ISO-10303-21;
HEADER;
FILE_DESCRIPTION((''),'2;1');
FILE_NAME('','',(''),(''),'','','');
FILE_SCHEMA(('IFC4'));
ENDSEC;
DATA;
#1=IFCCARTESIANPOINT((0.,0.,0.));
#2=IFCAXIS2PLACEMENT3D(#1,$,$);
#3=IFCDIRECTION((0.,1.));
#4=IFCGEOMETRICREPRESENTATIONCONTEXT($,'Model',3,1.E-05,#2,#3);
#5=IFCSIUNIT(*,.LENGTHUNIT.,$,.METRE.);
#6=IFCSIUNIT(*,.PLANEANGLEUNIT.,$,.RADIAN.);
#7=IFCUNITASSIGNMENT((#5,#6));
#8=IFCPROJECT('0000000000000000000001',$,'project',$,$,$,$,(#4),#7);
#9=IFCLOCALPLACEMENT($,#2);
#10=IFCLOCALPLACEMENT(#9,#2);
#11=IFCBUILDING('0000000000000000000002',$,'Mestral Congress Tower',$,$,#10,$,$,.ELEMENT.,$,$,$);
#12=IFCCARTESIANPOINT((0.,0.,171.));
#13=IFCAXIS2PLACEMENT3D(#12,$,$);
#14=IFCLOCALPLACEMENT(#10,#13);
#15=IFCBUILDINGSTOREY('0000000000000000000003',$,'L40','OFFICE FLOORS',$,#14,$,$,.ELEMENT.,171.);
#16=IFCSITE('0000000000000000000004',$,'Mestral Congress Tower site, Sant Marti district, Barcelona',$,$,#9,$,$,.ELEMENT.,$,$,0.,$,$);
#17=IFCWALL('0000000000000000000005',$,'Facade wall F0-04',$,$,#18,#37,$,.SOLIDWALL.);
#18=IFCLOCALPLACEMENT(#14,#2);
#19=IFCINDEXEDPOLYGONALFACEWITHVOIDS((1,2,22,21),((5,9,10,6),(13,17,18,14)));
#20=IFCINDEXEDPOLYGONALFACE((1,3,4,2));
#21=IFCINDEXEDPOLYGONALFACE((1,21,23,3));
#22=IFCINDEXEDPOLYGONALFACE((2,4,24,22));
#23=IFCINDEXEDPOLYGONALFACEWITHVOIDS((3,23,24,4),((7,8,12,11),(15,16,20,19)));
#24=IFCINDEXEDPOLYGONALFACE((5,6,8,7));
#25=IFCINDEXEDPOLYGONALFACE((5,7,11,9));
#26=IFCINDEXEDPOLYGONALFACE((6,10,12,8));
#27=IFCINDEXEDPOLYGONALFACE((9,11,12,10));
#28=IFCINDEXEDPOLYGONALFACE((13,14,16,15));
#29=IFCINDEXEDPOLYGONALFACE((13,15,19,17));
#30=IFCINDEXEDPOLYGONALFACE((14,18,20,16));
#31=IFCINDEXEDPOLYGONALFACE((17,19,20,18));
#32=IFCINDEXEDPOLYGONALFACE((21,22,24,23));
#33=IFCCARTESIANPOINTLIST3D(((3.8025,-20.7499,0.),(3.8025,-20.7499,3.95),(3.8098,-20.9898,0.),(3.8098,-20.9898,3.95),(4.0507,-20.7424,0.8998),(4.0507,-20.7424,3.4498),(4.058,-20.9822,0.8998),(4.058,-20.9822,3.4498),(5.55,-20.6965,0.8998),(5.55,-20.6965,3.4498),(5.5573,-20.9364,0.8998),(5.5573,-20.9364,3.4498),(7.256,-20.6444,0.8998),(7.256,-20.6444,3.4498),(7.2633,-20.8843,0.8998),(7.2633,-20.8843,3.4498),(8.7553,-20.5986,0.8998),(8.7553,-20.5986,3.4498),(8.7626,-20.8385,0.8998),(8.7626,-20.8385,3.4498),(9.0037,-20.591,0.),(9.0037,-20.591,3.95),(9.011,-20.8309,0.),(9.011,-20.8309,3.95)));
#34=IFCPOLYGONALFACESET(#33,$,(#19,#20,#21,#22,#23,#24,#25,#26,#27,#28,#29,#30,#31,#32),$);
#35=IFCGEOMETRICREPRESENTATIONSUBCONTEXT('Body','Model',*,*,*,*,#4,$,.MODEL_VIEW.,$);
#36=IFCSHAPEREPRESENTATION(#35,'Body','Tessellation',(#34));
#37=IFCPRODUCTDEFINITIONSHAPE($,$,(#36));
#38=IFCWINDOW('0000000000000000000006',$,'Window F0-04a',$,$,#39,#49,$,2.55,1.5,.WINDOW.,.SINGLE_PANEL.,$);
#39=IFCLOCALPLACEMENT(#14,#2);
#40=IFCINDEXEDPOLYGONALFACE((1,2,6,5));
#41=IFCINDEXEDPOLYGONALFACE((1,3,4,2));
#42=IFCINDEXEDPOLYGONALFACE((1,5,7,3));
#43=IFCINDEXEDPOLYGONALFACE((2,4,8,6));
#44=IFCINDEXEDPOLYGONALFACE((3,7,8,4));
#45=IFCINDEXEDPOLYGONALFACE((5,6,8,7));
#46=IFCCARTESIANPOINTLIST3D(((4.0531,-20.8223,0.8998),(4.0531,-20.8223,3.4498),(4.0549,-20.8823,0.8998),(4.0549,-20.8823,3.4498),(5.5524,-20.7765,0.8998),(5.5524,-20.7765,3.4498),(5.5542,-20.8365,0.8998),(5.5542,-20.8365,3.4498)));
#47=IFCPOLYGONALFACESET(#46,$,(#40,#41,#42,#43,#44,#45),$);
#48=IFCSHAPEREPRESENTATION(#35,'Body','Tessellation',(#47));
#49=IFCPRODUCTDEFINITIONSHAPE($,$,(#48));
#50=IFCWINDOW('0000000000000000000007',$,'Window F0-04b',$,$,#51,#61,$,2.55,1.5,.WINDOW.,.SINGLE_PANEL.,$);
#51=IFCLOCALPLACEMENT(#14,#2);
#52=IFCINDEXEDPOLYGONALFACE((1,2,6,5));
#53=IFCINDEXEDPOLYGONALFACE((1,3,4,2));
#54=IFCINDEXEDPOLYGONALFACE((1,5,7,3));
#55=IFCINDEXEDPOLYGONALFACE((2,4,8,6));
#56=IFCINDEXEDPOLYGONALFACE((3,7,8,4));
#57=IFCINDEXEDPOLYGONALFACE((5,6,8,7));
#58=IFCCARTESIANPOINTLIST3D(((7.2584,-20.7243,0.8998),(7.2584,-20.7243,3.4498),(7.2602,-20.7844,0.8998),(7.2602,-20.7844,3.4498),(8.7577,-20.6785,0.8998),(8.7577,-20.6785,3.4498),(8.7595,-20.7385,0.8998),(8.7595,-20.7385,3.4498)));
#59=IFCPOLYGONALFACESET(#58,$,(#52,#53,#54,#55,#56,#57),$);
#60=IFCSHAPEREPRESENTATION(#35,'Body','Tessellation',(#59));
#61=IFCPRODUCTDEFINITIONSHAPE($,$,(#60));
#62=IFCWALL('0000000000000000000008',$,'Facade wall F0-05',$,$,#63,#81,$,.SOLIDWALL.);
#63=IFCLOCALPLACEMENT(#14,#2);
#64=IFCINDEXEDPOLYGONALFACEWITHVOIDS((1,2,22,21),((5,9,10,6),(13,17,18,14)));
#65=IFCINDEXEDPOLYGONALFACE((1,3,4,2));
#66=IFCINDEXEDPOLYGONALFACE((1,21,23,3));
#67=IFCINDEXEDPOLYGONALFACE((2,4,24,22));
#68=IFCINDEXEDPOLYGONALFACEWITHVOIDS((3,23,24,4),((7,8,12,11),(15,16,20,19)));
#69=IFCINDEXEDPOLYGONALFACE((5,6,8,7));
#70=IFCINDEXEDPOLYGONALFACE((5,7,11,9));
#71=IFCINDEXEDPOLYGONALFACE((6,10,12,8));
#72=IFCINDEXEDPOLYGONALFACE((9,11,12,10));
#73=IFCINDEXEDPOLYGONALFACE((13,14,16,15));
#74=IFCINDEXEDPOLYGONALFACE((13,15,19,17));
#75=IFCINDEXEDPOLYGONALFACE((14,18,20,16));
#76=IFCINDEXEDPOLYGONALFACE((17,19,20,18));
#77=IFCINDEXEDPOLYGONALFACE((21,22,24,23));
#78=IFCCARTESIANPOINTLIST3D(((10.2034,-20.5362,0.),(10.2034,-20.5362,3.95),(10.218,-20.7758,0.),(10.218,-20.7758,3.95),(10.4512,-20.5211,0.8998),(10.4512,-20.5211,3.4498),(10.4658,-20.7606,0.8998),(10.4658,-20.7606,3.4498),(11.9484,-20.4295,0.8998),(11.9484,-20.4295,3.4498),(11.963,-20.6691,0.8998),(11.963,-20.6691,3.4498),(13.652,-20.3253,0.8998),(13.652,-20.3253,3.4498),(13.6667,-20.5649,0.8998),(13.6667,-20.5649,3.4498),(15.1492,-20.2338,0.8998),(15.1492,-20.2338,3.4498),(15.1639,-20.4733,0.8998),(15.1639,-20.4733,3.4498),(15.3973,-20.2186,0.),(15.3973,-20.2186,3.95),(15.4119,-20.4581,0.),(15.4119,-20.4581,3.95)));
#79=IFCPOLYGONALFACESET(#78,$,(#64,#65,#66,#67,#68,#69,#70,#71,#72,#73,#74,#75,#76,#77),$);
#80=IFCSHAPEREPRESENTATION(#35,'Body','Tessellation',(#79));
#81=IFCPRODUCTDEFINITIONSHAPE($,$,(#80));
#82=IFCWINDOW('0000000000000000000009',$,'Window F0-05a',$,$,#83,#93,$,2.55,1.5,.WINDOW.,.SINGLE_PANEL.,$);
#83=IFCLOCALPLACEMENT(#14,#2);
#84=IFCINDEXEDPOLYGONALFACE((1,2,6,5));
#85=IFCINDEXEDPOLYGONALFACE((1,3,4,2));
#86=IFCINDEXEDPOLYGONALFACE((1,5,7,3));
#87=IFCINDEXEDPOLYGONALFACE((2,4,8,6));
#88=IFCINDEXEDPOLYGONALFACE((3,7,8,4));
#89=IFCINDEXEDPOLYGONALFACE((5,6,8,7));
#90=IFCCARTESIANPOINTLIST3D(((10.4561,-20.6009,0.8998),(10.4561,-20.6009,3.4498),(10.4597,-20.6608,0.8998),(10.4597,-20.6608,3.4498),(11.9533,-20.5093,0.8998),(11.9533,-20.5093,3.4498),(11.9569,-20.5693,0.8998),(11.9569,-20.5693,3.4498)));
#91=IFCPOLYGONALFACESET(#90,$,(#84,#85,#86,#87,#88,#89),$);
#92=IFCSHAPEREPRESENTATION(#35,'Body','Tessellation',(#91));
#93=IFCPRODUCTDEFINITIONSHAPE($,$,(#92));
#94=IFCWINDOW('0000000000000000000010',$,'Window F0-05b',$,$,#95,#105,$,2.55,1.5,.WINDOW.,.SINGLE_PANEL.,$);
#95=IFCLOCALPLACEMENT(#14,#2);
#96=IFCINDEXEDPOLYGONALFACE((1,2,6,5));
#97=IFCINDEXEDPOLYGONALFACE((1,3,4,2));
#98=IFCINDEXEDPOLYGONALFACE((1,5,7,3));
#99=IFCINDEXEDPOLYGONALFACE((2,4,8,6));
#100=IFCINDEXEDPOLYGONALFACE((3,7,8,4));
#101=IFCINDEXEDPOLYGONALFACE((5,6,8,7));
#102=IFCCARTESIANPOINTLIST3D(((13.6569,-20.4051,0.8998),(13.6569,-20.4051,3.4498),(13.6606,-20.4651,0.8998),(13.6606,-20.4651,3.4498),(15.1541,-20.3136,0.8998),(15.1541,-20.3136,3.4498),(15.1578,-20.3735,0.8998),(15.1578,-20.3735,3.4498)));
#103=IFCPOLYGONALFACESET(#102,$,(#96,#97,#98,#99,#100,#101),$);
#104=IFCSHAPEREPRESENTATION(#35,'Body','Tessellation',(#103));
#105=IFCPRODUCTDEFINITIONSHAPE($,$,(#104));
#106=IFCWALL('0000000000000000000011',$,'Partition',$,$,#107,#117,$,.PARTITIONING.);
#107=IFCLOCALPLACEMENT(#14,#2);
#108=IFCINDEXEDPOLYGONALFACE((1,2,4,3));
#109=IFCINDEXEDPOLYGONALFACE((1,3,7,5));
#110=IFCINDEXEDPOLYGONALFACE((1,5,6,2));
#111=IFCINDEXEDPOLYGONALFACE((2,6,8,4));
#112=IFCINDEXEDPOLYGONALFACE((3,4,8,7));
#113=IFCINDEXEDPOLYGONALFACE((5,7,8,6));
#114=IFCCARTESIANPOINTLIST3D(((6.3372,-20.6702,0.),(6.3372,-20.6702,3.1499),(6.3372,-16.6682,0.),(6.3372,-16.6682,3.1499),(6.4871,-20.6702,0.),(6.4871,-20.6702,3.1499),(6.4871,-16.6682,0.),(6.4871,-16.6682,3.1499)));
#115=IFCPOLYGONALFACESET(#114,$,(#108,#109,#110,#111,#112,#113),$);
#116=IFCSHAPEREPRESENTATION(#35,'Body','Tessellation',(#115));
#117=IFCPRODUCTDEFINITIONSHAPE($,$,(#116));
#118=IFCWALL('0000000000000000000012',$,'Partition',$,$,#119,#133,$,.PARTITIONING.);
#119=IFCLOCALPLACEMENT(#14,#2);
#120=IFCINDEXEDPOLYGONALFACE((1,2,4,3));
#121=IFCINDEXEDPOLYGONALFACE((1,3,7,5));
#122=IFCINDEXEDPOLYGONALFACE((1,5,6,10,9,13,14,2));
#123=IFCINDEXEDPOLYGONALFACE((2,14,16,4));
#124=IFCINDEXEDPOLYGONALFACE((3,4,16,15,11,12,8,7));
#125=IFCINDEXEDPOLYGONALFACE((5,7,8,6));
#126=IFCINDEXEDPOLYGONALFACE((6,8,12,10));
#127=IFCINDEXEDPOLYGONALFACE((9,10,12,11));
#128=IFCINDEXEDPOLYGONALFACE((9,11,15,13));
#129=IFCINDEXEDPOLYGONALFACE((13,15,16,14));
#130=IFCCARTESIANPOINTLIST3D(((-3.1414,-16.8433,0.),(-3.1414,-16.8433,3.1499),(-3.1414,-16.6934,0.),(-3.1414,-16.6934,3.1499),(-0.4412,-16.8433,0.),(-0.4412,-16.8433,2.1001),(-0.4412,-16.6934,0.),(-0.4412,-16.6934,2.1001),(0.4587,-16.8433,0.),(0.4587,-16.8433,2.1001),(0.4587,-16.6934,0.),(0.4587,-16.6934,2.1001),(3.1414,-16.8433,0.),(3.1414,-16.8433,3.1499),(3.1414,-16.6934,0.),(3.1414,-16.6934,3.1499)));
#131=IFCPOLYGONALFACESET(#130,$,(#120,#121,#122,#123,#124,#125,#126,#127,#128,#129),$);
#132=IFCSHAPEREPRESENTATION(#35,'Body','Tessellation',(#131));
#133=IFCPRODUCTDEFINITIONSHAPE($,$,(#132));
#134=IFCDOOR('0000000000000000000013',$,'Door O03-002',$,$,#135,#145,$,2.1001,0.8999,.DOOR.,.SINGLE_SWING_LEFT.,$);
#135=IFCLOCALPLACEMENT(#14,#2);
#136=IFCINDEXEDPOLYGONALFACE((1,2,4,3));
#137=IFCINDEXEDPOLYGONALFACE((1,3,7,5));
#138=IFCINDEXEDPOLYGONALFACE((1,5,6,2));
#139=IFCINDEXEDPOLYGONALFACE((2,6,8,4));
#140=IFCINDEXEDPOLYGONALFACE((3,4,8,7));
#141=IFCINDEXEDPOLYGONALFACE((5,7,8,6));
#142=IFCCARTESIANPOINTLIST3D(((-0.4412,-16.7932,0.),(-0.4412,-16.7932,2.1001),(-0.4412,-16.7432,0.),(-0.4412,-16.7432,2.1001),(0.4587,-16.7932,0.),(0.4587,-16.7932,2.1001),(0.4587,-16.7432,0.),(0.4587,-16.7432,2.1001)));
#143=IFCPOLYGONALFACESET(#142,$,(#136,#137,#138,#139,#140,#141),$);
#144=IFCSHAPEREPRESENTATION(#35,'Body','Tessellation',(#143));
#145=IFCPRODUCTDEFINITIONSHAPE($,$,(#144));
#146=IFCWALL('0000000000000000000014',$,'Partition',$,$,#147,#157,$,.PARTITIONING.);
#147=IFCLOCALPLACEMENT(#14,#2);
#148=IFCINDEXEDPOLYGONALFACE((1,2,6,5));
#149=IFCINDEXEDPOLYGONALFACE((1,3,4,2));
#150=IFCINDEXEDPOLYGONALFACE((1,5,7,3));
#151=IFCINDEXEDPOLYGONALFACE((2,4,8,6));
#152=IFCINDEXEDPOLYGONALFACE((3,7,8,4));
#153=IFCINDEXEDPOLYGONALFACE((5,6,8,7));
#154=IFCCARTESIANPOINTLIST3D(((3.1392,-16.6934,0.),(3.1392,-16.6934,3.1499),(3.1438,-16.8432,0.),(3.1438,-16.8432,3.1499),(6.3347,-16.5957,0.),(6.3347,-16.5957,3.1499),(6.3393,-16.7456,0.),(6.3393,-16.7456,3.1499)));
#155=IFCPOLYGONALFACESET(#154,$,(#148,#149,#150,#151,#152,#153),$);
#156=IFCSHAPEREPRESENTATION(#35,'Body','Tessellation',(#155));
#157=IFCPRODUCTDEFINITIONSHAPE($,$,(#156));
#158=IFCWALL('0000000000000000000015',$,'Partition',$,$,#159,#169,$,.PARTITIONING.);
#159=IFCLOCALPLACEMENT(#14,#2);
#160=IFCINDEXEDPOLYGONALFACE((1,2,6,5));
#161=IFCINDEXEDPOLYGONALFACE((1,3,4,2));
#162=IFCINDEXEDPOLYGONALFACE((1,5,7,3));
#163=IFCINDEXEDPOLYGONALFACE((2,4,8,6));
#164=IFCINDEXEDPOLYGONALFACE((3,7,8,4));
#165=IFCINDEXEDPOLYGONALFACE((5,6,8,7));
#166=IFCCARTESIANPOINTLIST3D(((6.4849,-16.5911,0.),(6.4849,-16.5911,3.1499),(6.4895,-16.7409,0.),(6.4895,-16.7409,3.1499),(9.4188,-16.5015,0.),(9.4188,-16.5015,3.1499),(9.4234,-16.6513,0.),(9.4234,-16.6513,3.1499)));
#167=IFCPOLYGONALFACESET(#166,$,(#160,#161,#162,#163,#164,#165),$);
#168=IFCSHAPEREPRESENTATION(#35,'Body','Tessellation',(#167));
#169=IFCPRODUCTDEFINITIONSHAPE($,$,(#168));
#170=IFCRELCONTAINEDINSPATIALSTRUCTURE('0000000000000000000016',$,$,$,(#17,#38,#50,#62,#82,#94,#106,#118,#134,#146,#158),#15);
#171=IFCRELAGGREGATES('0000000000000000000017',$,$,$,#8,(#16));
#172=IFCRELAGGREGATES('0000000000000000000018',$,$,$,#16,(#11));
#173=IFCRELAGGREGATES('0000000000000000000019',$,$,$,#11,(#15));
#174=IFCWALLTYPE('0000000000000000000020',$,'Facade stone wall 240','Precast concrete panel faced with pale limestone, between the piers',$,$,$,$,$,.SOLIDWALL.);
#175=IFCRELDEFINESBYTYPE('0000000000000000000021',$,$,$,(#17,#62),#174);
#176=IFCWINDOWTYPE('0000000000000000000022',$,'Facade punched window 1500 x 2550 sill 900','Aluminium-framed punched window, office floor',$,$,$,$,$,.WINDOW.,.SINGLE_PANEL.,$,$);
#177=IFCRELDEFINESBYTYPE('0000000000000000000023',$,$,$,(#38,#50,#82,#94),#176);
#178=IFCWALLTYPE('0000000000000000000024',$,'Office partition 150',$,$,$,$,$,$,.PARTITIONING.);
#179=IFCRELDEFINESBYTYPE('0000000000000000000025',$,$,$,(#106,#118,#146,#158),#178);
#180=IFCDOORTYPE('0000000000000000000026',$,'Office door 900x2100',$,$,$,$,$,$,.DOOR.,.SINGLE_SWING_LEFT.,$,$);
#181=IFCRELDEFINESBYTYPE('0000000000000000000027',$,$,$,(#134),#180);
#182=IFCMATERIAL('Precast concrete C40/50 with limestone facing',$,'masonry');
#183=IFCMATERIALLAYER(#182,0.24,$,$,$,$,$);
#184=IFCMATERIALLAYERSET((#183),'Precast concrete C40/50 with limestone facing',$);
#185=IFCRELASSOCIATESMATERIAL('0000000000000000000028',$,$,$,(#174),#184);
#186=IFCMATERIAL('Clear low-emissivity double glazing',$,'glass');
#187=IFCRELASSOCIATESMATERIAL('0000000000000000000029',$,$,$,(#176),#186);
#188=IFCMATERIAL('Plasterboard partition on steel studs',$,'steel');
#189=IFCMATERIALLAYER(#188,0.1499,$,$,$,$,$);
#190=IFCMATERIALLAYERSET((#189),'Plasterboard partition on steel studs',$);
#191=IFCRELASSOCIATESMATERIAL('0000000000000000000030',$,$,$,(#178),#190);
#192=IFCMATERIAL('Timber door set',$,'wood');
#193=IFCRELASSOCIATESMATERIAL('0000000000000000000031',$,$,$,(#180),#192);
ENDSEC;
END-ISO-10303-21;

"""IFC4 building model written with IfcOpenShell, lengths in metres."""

from ifc_helpers import new_model, si_unit, direction, frame, frame_2d, origin, place, context, subcontext, project, spatial, rectangle, extrude, material, layer, layer_set, type_object, element, fill, save


model = new_model("IFC4")

# Units and contexts
model_context = context("Model", 3, precision=1e-05, world=origin(), true_north=direction((0.0, 1.0)))
body_context = subcontext(model_context, "Body", "Model", "MODEL_VIEW")
ifc_project = project(units=[si_unit("LENGTHUNIT", "METRE"), si_unit("PLANEANGLEUNIT", "RADIAN")], contexts=[model_context])

# Site, building, storey
site_placement = place(None, origin())
site = spatial("IfcSite", under=ifc_project, at=site_placement, Name="Mestral Congress Tower site, Sant Marti district, Barcelona", CompositionType="ELEMENT", RefElevation=0.0)
building_placement = place(site_placement, origin())
building = spatial("IfcBuilding", under=site, at=building_placement, Name="Mestral Congress Tower", CompositionType="ELEMENT")
storey_placement = place(building_placement, frame((0.0, 0.0, 171.0)))
storey = spatial("IfcBuildingStorey", under=building, at=storey_placement, Name="L40", Description="OFFICE FLOORS", CompositionType="ELEMENT", Elevation=171.0)

# Walls, openings, windows
ifc_material_1 = material(Name="Precast concrete C40/50 with limestone facing", Category="masonry")
ifc_layer_1 = layer(ifc_material_1, 0.24)
ifc_layer_set_1 = layer_set([ifc_layer_1], Name="Precast concrete C40/50 with limestone facing")
wall_type_1 = type_object("IfcWallType", Name="Facade stone wall 240", Description="Precast concrete panel faced with pale limestone, between the piers", PredefinedType="SOLIDWALL", material=ifc_layer_set_1)
wall_1_placement = place(storey_placement, frame((3.8062, -20.8699, 0.0), z_axis=(0.0, 0.0, 1.0), x_axis=(0.999533, 0.030543, 0.0)))
wall_1 = element("IfcWall", 1, at=wall_1_placement, inside=storey, type_object=wall_type_1, Name="Facade wall F0-04", PredefinedType="SOLIDWALL", context=body_context, shape_type="SweptSolid", body=[
    extrude(rectangle(XDim=5.2036, YDim=0.24, at=frame_2d((2.6018, 0.0))), origin(), (0.0, 0.0, 1.0), 3.95),
])
opening_1_placement = place(wall_1_placement, frame((0.2483, 0.0, 0.8999)))
opening_1 = element("IfcOpeningElement", 2, at=opening_1_placement, cuts=wall_1, PredefinedType="OPENING", context=body_context, shape_type="SweptSolid", body=[
    extrude(rectangle(XDim=1.5, YDim=2.55, at=frame_2d((0.75, 1.2749))), frame((0.0, 0.1299, 0.0), z_axis=(0.0, -1.0, 0.0), x_axis=(1.0, 0.0, 0.0)), (0.0, 0.0, 1.0), 0.26),
])
opening_2_placement = place(wall_1_placement, frame((3.4551, 0.0, 0.8999)))
opening_2 = element("IfcOpeningElement", 3, at=opening_2_placement, cuts=wall_1, PredefinedType="OPENING", context=body_context, shape_type="SweptSolid", body=[
    extrude(rectangle(XDim=1.5, YDim=2.55, at=frame_2d((0.75, 1.2749))), frame((0.0, 0.1299, 0.0), z_axis=(0.0, -1.0, 0.0), x_axis=(1.0, 0.0, 0.0)), (0.0, 0.0, 1.0), 0.26),
])
ifc_material_2 = material(Name="Clear low-emissivity double glazing", Category="glass")
window_type = type_object("IfcWindowType", Name="Facade punched window 1500 x 2550 sill 900", Description="Aluminium-framed punched window, office floor", PartitioningType="SINGLE_PANEL", PredefinedType="WINDOW", material=ifc_material_2)
window_1_placement = place(opening_1_placement, origin())
window_1 = element("IfcWindow", 4, at=window_1_placement, inside=storey, type_object=window_type, Name="Window F0-04a", OverallHeight=2.55, OverallWidth=1.5, PartitioningType="SINGLE_PANEL", PredefinedType="WINDOW", context=body_context, shape_type="SweptSolid", body=[
    extrude(rectangle(XDim=1.5, YDim=2.55, at=frame_2d((0.75, 1.2749))), frame((0.0, 0.04, 0.0), z_axis=(0.0, -1.0, 0.0), x_axis=(1.0, 0.0, 0.0)), (0.0, 0.0, 1.0), 0.0601),
])
fill(opening_1, window_1)
window_2_placement = place(opening_2_placement, origin())
window_2 = element("IfcWindow", 5, at=window_2_placement, inside=storey, type_object=window_type, Name="Window F0-04b", OverallHeight=2.55, OverallWidth=1.5, PartitioningType="SINGLE_PANEL", PredefinedType="WINDOW", context=body_context, shape_type="SweptSolid", body=[
    extrude(rectangle(XDim=1.5, YDim=2.55, at=frame_2d((0.75, 1.2749))), frame((0.0, 0.04, 0.0), z_axis=(0.0, -1.0, 0.0), x_axis=(1.0, 0.0, 0.0)), (0.0, 0.0, 1.0), 0.0601),
])
fill(opening_2, window_2)
wall_2_placement = place(storey_placement, frame((10.2107, -20.656, 0.0), z_axis=(0.0, 0.0, 1.0), x_axis=(0.998135, 0.06104, 0.0)))
wall_2 = element("IfcWall", 6, at=wall_2_placement, inside=storey, type_object=wall_type_1, Name="Facade wall F0-05", PredefinedType="SOLIDWALL", context=body_context, shape_type="SweptSolid", body=[
    extrude(rectangle(XDim=5.2036, YDim=0.24, at=frame_2d((2.6018, 0.0))), origin(), (0.0, 0.0, 1.0), 3.95),
])
opening_3_placement = place(wall_2_placement, frame((0.2483, 0.0, 0.8999)))
opening_3 = element("IfcOpeningElement", 7, at=opening_3_placement, cuts=wall_2, PredefinedType="OPENING", context=body_context, shape_type="SweptSolid", body=[
    extrude(rectangle(XDim=1.5, YDim=2.55, at=frame_2d((0.75, 1.2749))), frame((0.0, 0.1299, 0.0), z_axis=(0.0, -1.0, 0.0), x_axis=(1.0, 0.0, 0.0)), (0.0, 0.0, 1.0), 0.26),
])
opening_4_placement = place(wall_2_placement, frame((3.4551, 0.0, 0.8999)))
opening_4 = element("IfcOpeningElement", 8, at=opening_4_placement, cuts=wall_2, PredefinedType="OPENING", context=body_context, shape_type="SweptSolid", body=[
    extrude(rectangle(XDim=1.5, YDim=2.55, at=frame_2d((0.75, 1.2749))), frame((0.0, 0.1299, 0.0), z_axis=(0.0, -1.0, 0.0), x_axis=(1.0, 0.0, 0.0)), (0.0, 0.0, 1.0), 0.26),
])
window_3_placement = place(opening_3_placement, origin())
window_3 = element("IfcWindow", 9, at=window_3_placement, inside=storey, type_object=window_type, Name="Window F0-05a", OverallHeight=2.55, OverallWidth=1.5, PartitioningType="SINGLE_PANEL", PredefinedType="WINDOW", context=body_context, shape_type="SweptSolid", body=[
    extrude(rectangle(XDim=1.5, YDim=2.55, at=frame_2d((0.75, 1.2749))), frame((0.0, 0.04, 0.0), z_axis=(0.0, -1.0, 0.0), x_axis=(1.0, 0.0, 0.0)), (0.0, 0.0, 1.0), 0.0601),
])
fill(opening_3, window_3)
window_4_placement = place(opening_4_placement, origin())
window_4 = element("IfcWindow", 10, at=window_4_placement, inside=storey, type_object=window_type, Name="Window F0-05b", OverallHeight=2.55, OverallWidth=1.5, PartitioningType="SINGLE_PANEL", PredefinedType="WINDOW", context=body_context, shape_type="SweptSolid", body=[
    extrude(rectangle(XDim=1.5, YDim=2.55, at=frame_2d((0.75, 1.2749))), frame((0.0, 0.04, 0.0), z_axis=(0.0, -1.0, 0.0), x_axis=(1.0, 0.0, 0.0)), (0.0, 0.0, 1.0), 0.0601),
])
fill(opening_4, window_4)

# Wall
ifc_material_3 = material(Name="Plasterboard partition on steel studs", Category="steel")
ifc_layer_2 = layer(ifc_material_3, 0.1499)
ifc_layer_set_2 = layer_set([ifc_layer_2], Name="Plasterboard partition on steel studs")
wall_type_2 = type_object("IfcWallType", Name="Office partition 150", PredefinedType="PARTITIONING", material=ifc_layer_set_2)
wall_3_placement = place(storey_placement, frame((6.4121, -16.6682, 0.0), z_axis=(0.0, 0.0, 1.0), x_axis=(0.0, -1.0, 0.0)))
element("IfcWall", 11, at=wall_3_placement, inside=storey, type_object=wall_type_2, Name="Partition", PredefinedType="PARTITIONING", context=body_context, shape_type="SweptSolid", body=[
    extrude(rectangle(XDim=4.002, YDim=0.1499, at=frame_2d((2.001, 0.0))), origin(), (0.0, 0.0, 1.0), 3.1499),
])

# Wall, opening, door
wall_4_placement = place(storey_placement, frame((3.1414, -16.7683, 0.0), z_axis=(0.0, 0.0, 1.0), x_axis=(-1.0, 0.0, 0.0)))
wall_4 = element("IfcWall", 12, at=wall_4_placement, inside=storey, type_object=wall_type_2, Name="Partition", PredefinedType="PARTITIONING", context=body_context, shape_type="SweptSolid", body=[
    extrude(rectangle(XDim=6.2827, YDim=0.1499, at=frame_2d((3.1414, 0.0))), origin(), (0.0, 0.0, 1.0), 3.1499),
])
opening_5_placement = place(wall_4_placement, frame((2.6826, 0.0, 0.0)))
opening_5 = element("IfcOpeningElement", 13, at=opening_5_placement, cuts=wall_4, PredefinedType="OPENING", context=body_context, shape_type="SweptSolid", body=[
    extrude(rectangle(XDim=0.8999, YDim=2.1001, at=frame_2d((0.45, 1.05))), frame((0.0, 0.085, 0.0), z_axis=(0.0, -1.0, 0.0), x_axis=(1.0, 0.0, 0.0)), (0.0, 0.0, 1.0), 0.1699),
])
ifc_material_4 = material(Name="Timber door set", Category="wood")
door_type_1 = type_object("IfcDoorType", Name="Office door 900x2100", OperationType="SINGLE_SWING_LEFT", PredefinedType="DOOR", material=ifc_material_4)
door_1_placement = place(opening_5_placement, origin())
door_1 = element("IfcDoor", 14, at=door_1_placement, inside=storey, type_object=door_type_1, Name="Door O03-002", OperationType="SINGLE_SWING_LEFT", OverallHeight=2.1001, OverallWidth=0.8999, PredefinedType="DOOR", context=body_context, shape_type="SweptSolid", body=[
    extrude(rectangle(XDim=0.8999, YDim=2.1001, at=frame_2d((0.45, 1.05))), frame((0.0, 0.0249, 0.0), z_axis=(0.0, -1.0, 0.0), x_axis=(1.0, 0.0, 0.0)), (0.0, 0.0, 1.0), 0.05),
])
fill(opening_5, door_1)

# Walls
wall_5_placement = place(storey_placement, frame((3.1414, -16.7683, 0.0), z_axis=(0.0, 0.0, 1.0), x_axis=(0.999533, 0.030546, 0.0)))
element("IfcWall", 15, at=wall_5_placement, inside=storey, type_object=wall_type_2, Name="Partition", PredefinedType="PARTITIONING", context=body_context, shape_type="SweptSolid", body=[
    extrude(rectangle(XDim=3.197, YDim=0.1499, at=frame_2d((1.5986, 0.0))), origin(), (0.0, 0.0, 1.0), 3.1499),
])
wall_6_placement = place(storey_placement, frame((6.4871, -16.666, 0.0), z_axis=(0.0, 0.0, 1.0), x_axis=(0.999534, 0.030526, 0.0)))
element("IfcWall", 16, at=wall_6_placement, inside=storey, type_object=wall_type_2, Name="Partition", PredefinedType="PARTITIONING", context=body_context, shape_type="SweptSolid", body=[
    extrude(rectangle(XDim=2.9353, YDim=0.1499, at=frame_2d((1.4678, 0.0))), origin(), (0.0, 0.0, 1.0), 3.1499),
])

save(model, "model.ifc")
